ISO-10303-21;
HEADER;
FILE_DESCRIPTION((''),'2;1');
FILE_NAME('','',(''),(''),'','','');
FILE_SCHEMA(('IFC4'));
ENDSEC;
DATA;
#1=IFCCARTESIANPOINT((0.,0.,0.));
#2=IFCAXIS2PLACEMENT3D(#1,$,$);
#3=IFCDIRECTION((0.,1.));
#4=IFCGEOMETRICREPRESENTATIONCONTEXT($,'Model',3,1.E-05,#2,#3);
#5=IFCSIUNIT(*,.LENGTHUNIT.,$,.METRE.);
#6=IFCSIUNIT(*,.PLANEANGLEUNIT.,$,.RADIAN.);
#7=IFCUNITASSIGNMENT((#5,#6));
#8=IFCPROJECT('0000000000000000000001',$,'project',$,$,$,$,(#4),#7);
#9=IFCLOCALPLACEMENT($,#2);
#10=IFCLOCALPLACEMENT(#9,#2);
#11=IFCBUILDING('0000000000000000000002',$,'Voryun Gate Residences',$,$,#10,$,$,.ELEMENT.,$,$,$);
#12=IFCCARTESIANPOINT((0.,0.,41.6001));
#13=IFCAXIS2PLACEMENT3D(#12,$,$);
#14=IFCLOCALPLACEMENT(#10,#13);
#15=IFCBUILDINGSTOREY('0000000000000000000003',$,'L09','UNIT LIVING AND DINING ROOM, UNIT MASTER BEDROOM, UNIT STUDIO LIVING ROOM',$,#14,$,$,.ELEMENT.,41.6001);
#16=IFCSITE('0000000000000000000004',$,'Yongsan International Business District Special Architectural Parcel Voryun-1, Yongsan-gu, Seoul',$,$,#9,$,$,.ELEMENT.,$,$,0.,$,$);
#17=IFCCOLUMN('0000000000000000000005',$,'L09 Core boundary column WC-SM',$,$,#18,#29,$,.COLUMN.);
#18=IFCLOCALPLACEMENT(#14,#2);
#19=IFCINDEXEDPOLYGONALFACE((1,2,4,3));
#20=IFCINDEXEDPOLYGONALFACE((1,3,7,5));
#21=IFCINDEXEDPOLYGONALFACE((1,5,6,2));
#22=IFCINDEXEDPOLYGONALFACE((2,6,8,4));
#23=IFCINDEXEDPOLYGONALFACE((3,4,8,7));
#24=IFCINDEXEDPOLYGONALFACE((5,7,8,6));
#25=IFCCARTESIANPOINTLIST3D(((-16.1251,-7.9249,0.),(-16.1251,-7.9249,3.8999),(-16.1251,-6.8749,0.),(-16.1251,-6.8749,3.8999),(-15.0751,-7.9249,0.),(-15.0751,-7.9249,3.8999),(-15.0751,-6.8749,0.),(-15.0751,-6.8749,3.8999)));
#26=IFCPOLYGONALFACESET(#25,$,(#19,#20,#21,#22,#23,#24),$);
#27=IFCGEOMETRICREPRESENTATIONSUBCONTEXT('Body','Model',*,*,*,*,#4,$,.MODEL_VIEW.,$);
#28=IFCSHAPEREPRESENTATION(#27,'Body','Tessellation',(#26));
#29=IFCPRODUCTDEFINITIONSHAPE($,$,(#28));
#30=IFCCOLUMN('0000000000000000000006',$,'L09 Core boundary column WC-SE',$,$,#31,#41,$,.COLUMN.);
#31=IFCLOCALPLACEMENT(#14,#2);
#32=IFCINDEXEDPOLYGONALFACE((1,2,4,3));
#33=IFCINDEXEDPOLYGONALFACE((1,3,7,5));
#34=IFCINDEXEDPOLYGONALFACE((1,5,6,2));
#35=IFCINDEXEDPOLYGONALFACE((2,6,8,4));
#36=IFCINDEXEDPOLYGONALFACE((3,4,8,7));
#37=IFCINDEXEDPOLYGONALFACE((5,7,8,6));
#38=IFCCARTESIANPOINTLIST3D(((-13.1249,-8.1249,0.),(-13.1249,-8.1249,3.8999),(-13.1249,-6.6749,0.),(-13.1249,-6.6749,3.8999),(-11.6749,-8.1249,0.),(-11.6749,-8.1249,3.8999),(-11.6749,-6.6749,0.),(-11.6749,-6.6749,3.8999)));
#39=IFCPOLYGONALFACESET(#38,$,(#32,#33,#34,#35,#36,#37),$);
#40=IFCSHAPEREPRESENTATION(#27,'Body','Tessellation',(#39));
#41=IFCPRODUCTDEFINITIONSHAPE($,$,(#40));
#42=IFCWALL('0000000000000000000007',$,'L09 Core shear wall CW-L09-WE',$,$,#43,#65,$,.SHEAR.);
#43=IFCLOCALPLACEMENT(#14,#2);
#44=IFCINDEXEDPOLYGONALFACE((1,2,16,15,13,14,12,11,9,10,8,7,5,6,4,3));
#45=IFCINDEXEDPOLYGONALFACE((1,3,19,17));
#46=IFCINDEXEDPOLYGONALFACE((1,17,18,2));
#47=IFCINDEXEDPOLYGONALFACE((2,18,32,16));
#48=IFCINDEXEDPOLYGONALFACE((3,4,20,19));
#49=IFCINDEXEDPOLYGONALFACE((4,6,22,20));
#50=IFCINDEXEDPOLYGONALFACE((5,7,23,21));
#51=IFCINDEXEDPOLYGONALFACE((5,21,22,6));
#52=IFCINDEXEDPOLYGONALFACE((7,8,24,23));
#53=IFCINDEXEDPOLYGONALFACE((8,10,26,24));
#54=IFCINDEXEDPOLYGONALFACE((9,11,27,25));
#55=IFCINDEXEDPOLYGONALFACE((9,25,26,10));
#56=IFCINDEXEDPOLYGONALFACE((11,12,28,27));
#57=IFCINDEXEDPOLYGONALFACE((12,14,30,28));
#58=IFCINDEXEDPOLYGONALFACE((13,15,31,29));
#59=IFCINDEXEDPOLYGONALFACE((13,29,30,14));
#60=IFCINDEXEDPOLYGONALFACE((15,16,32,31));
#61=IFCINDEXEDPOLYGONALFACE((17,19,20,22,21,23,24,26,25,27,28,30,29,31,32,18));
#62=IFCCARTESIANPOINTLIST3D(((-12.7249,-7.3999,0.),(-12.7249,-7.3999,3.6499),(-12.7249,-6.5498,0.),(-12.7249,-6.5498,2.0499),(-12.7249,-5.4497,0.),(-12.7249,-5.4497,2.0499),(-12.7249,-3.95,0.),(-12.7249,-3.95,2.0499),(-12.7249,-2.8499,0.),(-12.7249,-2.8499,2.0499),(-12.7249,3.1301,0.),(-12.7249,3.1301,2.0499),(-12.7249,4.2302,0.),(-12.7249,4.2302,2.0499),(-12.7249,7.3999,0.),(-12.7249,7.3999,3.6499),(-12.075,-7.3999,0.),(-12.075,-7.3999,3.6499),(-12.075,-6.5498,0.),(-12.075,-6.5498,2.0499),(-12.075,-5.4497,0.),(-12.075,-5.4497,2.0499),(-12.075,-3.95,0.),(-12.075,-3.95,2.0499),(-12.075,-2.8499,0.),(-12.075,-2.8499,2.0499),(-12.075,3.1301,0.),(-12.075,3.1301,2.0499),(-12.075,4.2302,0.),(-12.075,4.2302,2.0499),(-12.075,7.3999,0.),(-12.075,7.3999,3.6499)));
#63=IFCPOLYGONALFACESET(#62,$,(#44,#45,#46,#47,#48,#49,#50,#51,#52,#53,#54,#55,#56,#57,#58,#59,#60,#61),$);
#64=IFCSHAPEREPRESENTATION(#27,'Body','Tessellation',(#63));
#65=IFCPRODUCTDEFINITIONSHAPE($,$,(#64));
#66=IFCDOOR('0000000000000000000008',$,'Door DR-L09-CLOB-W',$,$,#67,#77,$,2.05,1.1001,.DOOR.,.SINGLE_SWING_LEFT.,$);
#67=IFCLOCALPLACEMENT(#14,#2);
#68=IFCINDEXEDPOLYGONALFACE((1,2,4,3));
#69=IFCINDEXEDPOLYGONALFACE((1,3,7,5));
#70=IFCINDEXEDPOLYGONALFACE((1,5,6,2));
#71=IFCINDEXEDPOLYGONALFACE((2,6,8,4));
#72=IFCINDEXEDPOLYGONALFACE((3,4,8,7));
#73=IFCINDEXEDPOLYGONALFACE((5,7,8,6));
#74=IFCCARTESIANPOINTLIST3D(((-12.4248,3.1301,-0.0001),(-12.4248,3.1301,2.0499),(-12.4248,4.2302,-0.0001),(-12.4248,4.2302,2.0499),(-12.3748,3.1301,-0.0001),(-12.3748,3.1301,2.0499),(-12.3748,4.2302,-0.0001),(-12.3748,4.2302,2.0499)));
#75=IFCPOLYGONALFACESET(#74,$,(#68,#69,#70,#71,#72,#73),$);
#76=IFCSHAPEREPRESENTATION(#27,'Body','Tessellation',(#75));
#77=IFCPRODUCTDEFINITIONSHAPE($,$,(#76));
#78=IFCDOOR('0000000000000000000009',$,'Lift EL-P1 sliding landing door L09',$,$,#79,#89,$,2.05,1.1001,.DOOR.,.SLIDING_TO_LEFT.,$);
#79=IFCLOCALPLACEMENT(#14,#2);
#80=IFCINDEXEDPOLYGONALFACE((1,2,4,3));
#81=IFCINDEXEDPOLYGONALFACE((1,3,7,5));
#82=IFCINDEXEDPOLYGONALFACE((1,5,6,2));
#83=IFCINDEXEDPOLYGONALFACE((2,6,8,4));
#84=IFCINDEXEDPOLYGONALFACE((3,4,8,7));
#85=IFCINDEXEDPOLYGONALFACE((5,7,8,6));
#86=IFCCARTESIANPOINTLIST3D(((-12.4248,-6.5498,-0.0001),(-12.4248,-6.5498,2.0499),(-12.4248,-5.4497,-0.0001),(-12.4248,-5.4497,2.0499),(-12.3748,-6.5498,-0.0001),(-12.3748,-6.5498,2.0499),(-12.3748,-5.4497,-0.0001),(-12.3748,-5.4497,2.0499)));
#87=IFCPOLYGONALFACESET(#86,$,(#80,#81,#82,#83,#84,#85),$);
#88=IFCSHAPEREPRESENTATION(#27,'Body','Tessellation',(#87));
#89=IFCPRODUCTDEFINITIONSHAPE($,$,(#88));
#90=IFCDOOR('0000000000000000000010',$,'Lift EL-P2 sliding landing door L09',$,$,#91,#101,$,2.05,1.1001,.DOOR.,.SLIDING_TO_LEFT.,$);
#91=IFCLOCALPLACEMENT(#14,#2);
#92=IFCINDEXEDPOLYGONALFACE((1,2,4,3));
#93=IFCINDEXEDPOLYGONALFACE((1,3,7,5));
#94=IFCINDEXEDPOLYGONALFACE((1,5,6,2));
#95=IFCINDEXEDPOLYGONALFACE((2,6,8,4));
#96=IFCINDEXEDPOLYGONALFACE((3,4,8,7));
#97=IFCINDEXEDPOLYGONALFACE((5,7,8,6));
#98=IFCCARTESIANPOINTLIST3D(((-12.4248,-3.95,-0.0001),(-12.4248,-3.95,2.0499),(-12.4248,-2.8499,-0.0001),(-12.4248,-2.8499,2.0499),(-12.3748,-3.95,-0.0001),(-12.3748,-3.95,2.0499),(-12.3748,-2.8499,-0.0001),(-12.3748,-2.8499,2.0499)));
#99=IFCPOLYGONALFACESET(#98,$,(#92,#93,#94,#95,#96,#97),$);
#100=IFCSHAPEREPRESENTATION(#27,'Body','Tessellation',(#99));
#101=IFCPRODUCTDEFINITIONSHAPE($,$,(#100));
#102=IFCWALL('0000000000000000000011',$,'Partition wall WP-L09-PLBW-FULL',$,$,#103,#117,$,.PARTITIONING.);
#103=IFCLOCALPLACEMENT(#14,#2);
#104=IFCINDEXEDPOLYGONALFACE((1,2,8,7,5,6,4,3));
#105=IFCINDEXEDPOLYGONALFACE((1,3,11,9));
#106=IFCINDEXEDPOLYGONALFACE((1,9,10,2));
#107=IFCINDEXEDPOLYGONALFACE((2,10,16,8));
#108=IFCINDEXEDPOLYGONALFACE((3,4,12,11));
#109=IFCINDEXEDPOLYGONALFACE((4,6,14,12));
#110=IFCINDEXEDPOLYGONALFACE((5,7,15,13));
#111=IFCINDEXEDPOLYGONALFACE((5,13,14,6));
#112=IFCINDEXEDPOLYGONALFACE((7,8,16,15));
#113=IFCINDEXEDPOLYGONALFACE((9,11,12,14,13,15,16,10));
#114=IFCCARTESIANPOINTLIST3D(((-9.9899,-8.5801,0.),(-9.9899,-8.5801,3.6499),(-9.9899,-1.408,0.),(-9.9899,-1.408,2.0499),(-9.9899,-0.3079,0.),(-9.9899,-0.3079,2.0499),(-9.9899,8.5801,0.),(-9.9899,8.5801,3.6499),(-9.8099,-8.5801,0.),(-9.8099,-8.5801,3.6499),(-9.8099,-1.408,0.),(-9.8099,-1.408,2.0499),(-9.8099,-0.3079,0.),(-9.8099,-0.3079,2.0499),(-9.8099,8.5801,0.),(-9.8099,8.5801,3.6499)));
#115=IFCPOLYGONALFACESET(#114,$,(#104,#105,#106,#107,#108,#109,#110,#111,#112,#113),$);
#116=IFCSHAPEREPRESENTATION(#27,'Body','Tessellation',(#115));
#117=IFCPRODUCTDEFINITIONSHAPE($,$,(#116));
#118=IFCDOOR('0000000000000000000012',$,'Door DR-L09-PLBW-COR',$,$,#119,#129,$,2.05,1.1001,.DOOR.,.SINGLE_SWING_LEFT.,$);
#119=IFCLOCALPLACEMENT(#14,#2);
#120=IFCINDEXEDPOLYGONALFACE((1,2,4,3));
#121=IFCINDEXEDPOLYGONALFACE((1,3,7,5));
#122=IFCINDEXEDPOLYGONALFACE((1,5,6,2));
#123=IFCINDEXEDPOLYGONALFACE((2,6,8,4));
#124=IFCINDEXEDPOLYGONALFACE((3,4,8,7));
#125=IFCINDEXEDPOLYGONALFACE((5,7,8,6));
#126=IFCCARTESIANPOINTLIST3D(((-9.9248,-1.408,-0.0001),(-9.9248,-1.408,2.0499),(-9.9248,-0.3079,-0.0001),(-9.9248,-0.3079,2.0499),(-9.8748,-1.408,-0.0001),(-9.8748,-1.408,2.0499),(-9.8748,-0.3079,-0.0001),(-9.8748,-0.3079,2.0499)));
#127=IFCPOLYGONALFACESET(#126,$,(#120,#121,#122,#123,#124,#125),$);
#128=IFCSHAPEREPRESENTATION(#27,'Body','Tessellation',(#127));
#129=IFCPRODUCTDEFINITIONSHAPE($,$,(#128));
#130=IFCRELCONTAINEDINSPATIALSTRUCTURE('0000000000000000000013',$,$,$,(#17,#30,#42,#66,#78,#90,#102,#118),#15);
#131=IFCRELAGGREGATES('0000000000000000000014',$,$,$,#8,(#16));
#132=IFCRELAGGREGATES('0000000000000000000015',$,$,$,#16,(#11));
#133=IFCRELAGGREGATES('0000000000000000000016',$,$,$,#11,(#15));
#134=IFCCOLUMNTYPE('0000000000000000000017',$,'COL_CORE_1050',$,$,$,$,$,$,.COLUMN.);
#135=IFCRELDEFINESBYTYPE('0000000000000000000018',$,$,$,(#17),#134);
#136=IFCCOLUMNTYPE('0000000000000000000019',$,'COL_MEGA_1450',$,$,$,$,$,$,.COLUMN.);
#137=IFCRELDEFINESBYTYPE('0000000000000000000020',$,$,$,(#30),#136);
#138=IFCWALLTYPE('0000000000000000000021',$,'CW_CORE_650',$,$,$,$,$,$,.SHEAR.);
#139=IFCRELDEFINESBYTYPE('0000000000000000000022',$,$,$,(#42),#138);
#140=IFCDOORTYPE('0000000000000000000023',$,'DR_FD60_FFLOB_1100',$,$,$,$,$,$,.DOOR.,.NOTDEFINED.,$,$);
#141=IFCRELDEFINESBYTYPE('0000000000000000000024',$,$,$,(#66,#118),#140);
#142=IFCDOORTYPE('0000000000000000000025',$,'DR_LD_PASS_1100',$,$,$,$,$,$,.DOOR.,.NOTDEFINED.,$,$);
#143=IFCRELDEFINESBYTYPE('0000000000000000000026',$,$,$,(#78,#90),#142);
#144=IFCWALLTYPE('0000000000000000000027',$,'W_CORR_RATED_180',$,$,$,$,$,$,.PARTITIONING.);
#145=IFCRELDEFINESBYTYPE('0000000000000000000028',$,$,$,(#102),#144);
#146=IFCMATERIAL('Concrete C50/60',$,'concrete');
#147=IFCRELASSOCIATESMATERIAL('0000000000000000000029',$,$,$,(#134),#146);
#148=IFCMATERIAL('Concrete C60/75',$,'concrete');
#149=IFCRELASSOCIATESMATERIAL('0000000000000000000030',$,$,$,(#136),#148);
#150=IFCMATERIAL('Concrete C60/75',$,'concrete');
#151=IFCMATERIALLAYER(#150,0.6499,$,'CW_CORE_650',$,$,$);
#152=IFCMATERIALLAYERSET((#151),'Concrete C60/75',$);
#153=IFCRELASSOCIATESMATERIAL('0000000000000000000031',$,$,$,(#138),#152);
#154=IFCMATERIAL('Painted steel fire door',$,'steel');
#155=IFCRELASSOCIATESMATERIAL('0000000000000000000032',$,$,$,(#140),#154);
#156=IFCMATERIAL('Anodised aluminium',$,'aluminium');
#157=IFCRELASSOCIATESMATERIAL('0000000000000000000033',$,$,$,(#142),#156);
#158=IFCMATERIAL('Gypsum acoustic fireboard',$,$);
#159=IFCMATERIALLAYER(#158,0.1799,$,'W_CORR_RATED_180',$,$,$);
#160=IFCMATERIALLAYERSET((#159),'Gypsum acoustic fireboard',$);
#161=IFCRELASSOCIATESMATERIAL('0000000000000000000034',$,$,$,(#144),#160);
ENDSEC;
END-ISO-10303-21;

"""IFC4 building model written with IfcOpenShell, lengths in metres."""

from ifc_helpers import new_model, si_unit, direction, frame, frame_2d, origin, origin_2d, place, context, subcontext, project, spatial, rectangle, extrude, material, layer, layer_set, material_profile, profile_set, type_object, element, fill, save


model = new_model("IFC4")

# Units and contexts
model_context = context("Model", 3, precision=1e-05, world=origin(), true_north=direction((0.0, 1.0)))
body_context = subcontext(model_context, "Body", "Model", "MODEL_VIEW")
ifc_project = project(units=[si_unit("LENGTHUNIT", "METRE"), si_unit("PLANEANGLEUNIT", "RADIAN")], contexts=[model_context])

# Site, building, storey
site_placement = place(None, origin())
site = spatial("IfcSite", under=ifc_project, at=site_placement, Name="Yongsan International Business District Special Architectural Parcel Voryun-1, Yongsan-gu, Seoul", CompositionType="ELEMENT", RefElevation=0.0)
building_placement = place(site_placement, origin())
building = spatial("IfcBuilding", under=site, at=building_placement, Name="Voryun Gate Residences", CompositionType="ELEMENT")
storey_placement = place(building_placement, frame((0.0, 0.0, 41.6001)))
storey = spatial("IfcBuildingStorey", under=building, at=storey_placement, Name="L09", Description="UNIT LIVING AND DINING ROOM, UNIT MASTER BEDROOM, UNIT STUDIO LIVING ROOM", CompositionType="ELEMENT", Elevation=41.6001)

# Columns
ifc_material_1 = material(Name="Concrete C50/60", Category="concrete")
ifc_material_profile_1 = material_profile(ifc_material_1, rectangle(XDim=1.05, YDim=1.05, at=origin_2d()), Name="RC-1050x1050")
ifc_profile_set_1 = profile_set([ifc_material_profile_1], Name="Concrete C50/60")
column_type_1 = type_object("IfcColumnType", Name="COL_CORE_1050", PredefinedType="COLUMN", material=ifc_profile_set_1)
column_1_placement = place(storey_placement, frame((-15.6001, -7.3999, 0.0), z_axis=(0.0, 0.0, 1.0), x_axis=(1.0, 0.0, 0.0)))
element("IfcColumn", 1, at=column_1_placement, inside=storey, type_object=column_type_1, Name="L09 Core boundary column WC-SM", PredefinedType="COLUMN", context=body_context, shape_type="SweptSolid", body=[
    extrude(rectangle(XDim=1.05, YDim=1.05, at=origin_2d()), origin(), (0.0, 0.0, 1.0), 3.8999),
])
ifc_material_2 = material(Name="Concrete C60/75", Category="concrete")
ifc_material_profile_2 = material_profile(ifc_material_2, rectangle(XDim=1.45, YDim=1.45, at=origin_2d()), Name="RC-1450x1450")
ifc_profile_set_2 = profile_set([ifc_material_profile_2], Name="Concrete C60/75")
column_type_2 = type_object("IfcColumnType", Name="COL_MEGA_1450", PredefinedType="COLUMN", material=ifc_profile_set_2)
column_2_placement = place(storey_placement, frame((-12.3999, -7.3999, 0.0), z_axis=(0.0, 0.0, 1.0), x_axis=(1.0, 0.0, 0.0)))
element("IfcColumn", 2, at=column_2_placement, inside=storey, type_object=column_type_2, Name="L09 Core boundary column WC-SE", PredefinedType="COLUMN", context=body_context, shape_type="SweptSolid", body=[
    extrude(rectangle(XDim=1.45, YDim=1.45, at=origin_2d()), origin(), (0.0, 0.0, 1.0), 3.8999),
])

# Wall, openings, doors
ifc_material_3 = material(Name="Concrete C60/75", Category="concrete")
ifc_layer_1 = layer(ifc_material_3, 0.6499, Name="CW_CORE_650")
ifc_layer_set_1 = layer_set([ifc_layer_1], Name="Concrete C60/75")
wall_type_1 = type_object("IfcWallType", Name="CW_CORE_650", PredefinedType="SHEAR", material=ifc_layer_set_1)
wall_1_placement = place(storey_placement, frame((-12.3999, -7.3999, 0.0), z_axis=(0.0, 0.0, 1.0), x_axis=(0.0, 1.0, 0.0)))
wall_1 = element("IfcWall", 3, at=wall_1_placement, inside=storey, type_object=wall_type_1, Name="L09 Core shear wall CW-L09-WE", PredefinedType="SHEAR", context=body_context, shape_type="SweptSolid", body=[
    extrude(rectangle(XDim=14.7998, YDim=0.6499, at=frame_2d((7.3999, 0.0))), origin(), (0.0, 0.0, 1.0), 3.6499),
])
opening_1_placement = place(wall_1_placement, frame((0.8501, 0.0, 0.0)))
opening_1 = element("IfcOpeningElement", 4, at=opening_1_placement, cuts=wall_1, PredefinedType="OPENING", context=body_context, shape_type="SweptSolid", body=[
    extrude(rectangle(XDim=1.1001, YDim=2.05, at=frame_2d((0.55, 1.0249))), frame((0.0, 0.335, 0.0), z_axis=(0.0, -1.0, 0.0), x_axis=(1.0, 0.0, 0.0)), (0.0, 0.0, 1.0), 0.6699),
])
opening_2_placement = place(wall_1_placement, frame((3.45, 0.0, 0.0)))
opening_2 = element("IfcOpeningElement", 5, at=opening_2_placement, cuts=wall_1, PredefinedType="OPENING", context=body_context, shape_type="SweptSolid", body=[
    extrude(rectangle(XDim=1.1001, YDim=2.05, at=frame_2d((0.55, 1.0249))), frame((0.0, 0.335, 0.0), z_axis=(0.0, -1.0, 0.0), x_axis=(1.0, 0.0, 0.0)), (0.0, 0.0, 1.0), 0.6699),
])
opening_3_placement = place(wall_1_placement, frame((10.53, 0.0, 0.0)))
opening_3 = element("IfcOpeningElement", 6, at=opening_3_placement, cuts=wall_1, PredefinedType="OPENING", context=body_context, shape_type="SweptSolid", body=[
    extrude(rectangle(XDim=1.1001, YDim=2.05, at=frame_2d((0.55, 1.0249))), frame((0.0, 0.335, 0.0), z_axis=(0.0, -1.0, 0.0), x_axis=(1.0, 0.0, 0.0)), (0.0, 0.0, 1.0), 0.6699),
])
ifc_material_4 = material(Name="Painted steel fire door", Category="steel")
door_type_1 = type_object("IfcDoorType", Name="DR_FD60_FFLOB_1100", OperationType="NOTDEFINED", PredefinedType="DOOR", material=ifc_material_4)
door_1_placement = place(opening_3_placement, origin())
door_1 = element("IfcDoor", 7, at=door_1_placement, inside=storey, type_object=door_type_1, Name="Door DR-L09-CLOB-W", OperationType="SINGLE_SWING_LEFT", OverallHeight=2.05, OverallWidth=1.1001, PredefinedType="DOOR", context=body_context, shape_type="SweptSolid", body=[
    extrude(rectangle(XDim=1.1001, YDim=2.05, at=frame_2d((0.55, 1.0249))), frame((0.0, 0.0249, 0.0), z_axis=(0.0, -1.0, 0.0), x_axis=(1.0, 0.0, 0.0)), (0.0, 0.0, 1.0), 0.05),
])
fill(opening_3, door_1)
ifc_material_5 = material(Name="Anodised aluminium", Category="aluminium")
door_type_2 = type_object("IfcDoorType", Name="DR_LD_PASS_1100", OperationType="NOTDEFINED", PredefinedType="DOOR", material=ifc_material_5)
door_2_placement = place(opening_1_placement, origin())
door_2 = element("IfcDoor", 8, at=door_2_placement, inside=storey, type_object=door_type_2, Name="Lift EL-P1 sliding landing door L09", OperationType="SLIDING_TO_LEFT", OverallHeight=2.05, OverallWidth=1.1001, PredefinedType="DOOR", context=body_context, shape_type="SweptSolid", body=[
    extrude(rectangle(XDim=1.1001, YDim=2.05, at=frame_2d((0.55, 1.0249))), frame((0.0, 0.0249, 0.0), z_axis=(0.0, -1.0, 0.0), x_axis=(1.0, 0.0, 0.0)), (0.0, 0.0, 1.0), 0.05),
])
fill(opening_1, door_2)
door_3_placement = place(opening_2_placement, origin())
door_3 = element("IfcDoor", 9, at=door_3_placement, inside=storey, type_object=door_type_2, Name="Lift EL-P2 sliding landing door L09", OperationType="SLIDING_TO_LEFT", OverallHeight=2.05, OverallWidth=1.1001, PredefinedType="DOOR", context=body_context, shape_type="SweptSolid", body=[
    extrude(rectangle(XDim=1.1001, YDim=2.05, at=frame_2d((0.55, 1.0249))), frame((0.0, 0.0249, 0.0), z_axis=(0.0, -1.0, 0.0), x_axis=(1.0, 0.0, 0.0)), (0.0, 0.0, 1.0), 0.05),
])
fill(opening_2, door_3)

# Wall, opening, door
ifc_material_6 = material(Name="Gypsum acoustic fireboard")
ifc_layer_2 = layer(ifc_material_6, 0.1799, Name="W_CORR_RATED_180")
ifc_layer_set_2 = layer_set([ifc_layer_2], Name="Gypsum acoustic fireboard")
wall_type_2 = type_object("IfcWallType", Name="W_CORR_RATED_180", PredefinedType="PARTITIONING", material=ifc_layer_set_2)
wall_2_placement = place(storey_placement, frame((-9.8999, -8.5801, 0.0), z_axis=(0.0, 0.0, 1.0), x_axis=(0.0, 1.0, 0.0)))
wall_2 = element("IfcWall", 10, at=wall_2_placement, inside=storey, type_object=wall_type_2, Name="Partition wall WP-L09-PLBW-FULL", PredefinedType="PARTITIONING", context=body_context, shape_type="SweptSolid", body=[
    extrude(rectangle(XDim=17.1602, YDim=0.1799, at=frame_2d((8.5801, 0.0))), origin(), (0.0, 0.0, 1.0), 3.6499),
])
opening_4_placement = place(wall_2_placement, frame((7.1721, 0.0, 0.0)))
opening_4 = element("IfcOpeningElement", 11, at=opening_4_placement, cuts=wall_2, PredefinedType="OPENING", context=body_context, shape_type="SweptSolid", body=[
    extrude(rectangle(XDim=1.1001, YDim=2.05, at=frame_2d((0.55, 1.0249))), frame((0.0, 0.0999, 0.0), z_axis=(0.0, -1.0, 0.0), x_axis=(1.0, 0.0, 0.0)), (0.0, 0.0, 1.0), 0.2),
])
door_4_placement = place(opening_4_placement, origin())
door_4 = element("IfcDoor", 12, at=door_4_placement, inside=storey, type_object=door_type_1, Name="Door DR-L09-PLBW-COR", OperationType="SINGLE_SWING_LEFT", OverallHeight=2.05, OverallWidth=1.1001, PredefinedType="DOOR", context=body_context, shape_type="SweptSolid", body=[
    extrude(rectangle(XDim=1.1001, YDim=2.05, at=frame_2d((0.55, 1.0249))), frame((0.0, 0.0249, 0.0), z_axis=(0.0, -1.0, 0.0), x_axis=(1.0, 0.0, 0.0)), (0.0, 0.0, 1.0), 0.05),
])
fill(opening_4, door_4)

save(model, "model.ifc")
